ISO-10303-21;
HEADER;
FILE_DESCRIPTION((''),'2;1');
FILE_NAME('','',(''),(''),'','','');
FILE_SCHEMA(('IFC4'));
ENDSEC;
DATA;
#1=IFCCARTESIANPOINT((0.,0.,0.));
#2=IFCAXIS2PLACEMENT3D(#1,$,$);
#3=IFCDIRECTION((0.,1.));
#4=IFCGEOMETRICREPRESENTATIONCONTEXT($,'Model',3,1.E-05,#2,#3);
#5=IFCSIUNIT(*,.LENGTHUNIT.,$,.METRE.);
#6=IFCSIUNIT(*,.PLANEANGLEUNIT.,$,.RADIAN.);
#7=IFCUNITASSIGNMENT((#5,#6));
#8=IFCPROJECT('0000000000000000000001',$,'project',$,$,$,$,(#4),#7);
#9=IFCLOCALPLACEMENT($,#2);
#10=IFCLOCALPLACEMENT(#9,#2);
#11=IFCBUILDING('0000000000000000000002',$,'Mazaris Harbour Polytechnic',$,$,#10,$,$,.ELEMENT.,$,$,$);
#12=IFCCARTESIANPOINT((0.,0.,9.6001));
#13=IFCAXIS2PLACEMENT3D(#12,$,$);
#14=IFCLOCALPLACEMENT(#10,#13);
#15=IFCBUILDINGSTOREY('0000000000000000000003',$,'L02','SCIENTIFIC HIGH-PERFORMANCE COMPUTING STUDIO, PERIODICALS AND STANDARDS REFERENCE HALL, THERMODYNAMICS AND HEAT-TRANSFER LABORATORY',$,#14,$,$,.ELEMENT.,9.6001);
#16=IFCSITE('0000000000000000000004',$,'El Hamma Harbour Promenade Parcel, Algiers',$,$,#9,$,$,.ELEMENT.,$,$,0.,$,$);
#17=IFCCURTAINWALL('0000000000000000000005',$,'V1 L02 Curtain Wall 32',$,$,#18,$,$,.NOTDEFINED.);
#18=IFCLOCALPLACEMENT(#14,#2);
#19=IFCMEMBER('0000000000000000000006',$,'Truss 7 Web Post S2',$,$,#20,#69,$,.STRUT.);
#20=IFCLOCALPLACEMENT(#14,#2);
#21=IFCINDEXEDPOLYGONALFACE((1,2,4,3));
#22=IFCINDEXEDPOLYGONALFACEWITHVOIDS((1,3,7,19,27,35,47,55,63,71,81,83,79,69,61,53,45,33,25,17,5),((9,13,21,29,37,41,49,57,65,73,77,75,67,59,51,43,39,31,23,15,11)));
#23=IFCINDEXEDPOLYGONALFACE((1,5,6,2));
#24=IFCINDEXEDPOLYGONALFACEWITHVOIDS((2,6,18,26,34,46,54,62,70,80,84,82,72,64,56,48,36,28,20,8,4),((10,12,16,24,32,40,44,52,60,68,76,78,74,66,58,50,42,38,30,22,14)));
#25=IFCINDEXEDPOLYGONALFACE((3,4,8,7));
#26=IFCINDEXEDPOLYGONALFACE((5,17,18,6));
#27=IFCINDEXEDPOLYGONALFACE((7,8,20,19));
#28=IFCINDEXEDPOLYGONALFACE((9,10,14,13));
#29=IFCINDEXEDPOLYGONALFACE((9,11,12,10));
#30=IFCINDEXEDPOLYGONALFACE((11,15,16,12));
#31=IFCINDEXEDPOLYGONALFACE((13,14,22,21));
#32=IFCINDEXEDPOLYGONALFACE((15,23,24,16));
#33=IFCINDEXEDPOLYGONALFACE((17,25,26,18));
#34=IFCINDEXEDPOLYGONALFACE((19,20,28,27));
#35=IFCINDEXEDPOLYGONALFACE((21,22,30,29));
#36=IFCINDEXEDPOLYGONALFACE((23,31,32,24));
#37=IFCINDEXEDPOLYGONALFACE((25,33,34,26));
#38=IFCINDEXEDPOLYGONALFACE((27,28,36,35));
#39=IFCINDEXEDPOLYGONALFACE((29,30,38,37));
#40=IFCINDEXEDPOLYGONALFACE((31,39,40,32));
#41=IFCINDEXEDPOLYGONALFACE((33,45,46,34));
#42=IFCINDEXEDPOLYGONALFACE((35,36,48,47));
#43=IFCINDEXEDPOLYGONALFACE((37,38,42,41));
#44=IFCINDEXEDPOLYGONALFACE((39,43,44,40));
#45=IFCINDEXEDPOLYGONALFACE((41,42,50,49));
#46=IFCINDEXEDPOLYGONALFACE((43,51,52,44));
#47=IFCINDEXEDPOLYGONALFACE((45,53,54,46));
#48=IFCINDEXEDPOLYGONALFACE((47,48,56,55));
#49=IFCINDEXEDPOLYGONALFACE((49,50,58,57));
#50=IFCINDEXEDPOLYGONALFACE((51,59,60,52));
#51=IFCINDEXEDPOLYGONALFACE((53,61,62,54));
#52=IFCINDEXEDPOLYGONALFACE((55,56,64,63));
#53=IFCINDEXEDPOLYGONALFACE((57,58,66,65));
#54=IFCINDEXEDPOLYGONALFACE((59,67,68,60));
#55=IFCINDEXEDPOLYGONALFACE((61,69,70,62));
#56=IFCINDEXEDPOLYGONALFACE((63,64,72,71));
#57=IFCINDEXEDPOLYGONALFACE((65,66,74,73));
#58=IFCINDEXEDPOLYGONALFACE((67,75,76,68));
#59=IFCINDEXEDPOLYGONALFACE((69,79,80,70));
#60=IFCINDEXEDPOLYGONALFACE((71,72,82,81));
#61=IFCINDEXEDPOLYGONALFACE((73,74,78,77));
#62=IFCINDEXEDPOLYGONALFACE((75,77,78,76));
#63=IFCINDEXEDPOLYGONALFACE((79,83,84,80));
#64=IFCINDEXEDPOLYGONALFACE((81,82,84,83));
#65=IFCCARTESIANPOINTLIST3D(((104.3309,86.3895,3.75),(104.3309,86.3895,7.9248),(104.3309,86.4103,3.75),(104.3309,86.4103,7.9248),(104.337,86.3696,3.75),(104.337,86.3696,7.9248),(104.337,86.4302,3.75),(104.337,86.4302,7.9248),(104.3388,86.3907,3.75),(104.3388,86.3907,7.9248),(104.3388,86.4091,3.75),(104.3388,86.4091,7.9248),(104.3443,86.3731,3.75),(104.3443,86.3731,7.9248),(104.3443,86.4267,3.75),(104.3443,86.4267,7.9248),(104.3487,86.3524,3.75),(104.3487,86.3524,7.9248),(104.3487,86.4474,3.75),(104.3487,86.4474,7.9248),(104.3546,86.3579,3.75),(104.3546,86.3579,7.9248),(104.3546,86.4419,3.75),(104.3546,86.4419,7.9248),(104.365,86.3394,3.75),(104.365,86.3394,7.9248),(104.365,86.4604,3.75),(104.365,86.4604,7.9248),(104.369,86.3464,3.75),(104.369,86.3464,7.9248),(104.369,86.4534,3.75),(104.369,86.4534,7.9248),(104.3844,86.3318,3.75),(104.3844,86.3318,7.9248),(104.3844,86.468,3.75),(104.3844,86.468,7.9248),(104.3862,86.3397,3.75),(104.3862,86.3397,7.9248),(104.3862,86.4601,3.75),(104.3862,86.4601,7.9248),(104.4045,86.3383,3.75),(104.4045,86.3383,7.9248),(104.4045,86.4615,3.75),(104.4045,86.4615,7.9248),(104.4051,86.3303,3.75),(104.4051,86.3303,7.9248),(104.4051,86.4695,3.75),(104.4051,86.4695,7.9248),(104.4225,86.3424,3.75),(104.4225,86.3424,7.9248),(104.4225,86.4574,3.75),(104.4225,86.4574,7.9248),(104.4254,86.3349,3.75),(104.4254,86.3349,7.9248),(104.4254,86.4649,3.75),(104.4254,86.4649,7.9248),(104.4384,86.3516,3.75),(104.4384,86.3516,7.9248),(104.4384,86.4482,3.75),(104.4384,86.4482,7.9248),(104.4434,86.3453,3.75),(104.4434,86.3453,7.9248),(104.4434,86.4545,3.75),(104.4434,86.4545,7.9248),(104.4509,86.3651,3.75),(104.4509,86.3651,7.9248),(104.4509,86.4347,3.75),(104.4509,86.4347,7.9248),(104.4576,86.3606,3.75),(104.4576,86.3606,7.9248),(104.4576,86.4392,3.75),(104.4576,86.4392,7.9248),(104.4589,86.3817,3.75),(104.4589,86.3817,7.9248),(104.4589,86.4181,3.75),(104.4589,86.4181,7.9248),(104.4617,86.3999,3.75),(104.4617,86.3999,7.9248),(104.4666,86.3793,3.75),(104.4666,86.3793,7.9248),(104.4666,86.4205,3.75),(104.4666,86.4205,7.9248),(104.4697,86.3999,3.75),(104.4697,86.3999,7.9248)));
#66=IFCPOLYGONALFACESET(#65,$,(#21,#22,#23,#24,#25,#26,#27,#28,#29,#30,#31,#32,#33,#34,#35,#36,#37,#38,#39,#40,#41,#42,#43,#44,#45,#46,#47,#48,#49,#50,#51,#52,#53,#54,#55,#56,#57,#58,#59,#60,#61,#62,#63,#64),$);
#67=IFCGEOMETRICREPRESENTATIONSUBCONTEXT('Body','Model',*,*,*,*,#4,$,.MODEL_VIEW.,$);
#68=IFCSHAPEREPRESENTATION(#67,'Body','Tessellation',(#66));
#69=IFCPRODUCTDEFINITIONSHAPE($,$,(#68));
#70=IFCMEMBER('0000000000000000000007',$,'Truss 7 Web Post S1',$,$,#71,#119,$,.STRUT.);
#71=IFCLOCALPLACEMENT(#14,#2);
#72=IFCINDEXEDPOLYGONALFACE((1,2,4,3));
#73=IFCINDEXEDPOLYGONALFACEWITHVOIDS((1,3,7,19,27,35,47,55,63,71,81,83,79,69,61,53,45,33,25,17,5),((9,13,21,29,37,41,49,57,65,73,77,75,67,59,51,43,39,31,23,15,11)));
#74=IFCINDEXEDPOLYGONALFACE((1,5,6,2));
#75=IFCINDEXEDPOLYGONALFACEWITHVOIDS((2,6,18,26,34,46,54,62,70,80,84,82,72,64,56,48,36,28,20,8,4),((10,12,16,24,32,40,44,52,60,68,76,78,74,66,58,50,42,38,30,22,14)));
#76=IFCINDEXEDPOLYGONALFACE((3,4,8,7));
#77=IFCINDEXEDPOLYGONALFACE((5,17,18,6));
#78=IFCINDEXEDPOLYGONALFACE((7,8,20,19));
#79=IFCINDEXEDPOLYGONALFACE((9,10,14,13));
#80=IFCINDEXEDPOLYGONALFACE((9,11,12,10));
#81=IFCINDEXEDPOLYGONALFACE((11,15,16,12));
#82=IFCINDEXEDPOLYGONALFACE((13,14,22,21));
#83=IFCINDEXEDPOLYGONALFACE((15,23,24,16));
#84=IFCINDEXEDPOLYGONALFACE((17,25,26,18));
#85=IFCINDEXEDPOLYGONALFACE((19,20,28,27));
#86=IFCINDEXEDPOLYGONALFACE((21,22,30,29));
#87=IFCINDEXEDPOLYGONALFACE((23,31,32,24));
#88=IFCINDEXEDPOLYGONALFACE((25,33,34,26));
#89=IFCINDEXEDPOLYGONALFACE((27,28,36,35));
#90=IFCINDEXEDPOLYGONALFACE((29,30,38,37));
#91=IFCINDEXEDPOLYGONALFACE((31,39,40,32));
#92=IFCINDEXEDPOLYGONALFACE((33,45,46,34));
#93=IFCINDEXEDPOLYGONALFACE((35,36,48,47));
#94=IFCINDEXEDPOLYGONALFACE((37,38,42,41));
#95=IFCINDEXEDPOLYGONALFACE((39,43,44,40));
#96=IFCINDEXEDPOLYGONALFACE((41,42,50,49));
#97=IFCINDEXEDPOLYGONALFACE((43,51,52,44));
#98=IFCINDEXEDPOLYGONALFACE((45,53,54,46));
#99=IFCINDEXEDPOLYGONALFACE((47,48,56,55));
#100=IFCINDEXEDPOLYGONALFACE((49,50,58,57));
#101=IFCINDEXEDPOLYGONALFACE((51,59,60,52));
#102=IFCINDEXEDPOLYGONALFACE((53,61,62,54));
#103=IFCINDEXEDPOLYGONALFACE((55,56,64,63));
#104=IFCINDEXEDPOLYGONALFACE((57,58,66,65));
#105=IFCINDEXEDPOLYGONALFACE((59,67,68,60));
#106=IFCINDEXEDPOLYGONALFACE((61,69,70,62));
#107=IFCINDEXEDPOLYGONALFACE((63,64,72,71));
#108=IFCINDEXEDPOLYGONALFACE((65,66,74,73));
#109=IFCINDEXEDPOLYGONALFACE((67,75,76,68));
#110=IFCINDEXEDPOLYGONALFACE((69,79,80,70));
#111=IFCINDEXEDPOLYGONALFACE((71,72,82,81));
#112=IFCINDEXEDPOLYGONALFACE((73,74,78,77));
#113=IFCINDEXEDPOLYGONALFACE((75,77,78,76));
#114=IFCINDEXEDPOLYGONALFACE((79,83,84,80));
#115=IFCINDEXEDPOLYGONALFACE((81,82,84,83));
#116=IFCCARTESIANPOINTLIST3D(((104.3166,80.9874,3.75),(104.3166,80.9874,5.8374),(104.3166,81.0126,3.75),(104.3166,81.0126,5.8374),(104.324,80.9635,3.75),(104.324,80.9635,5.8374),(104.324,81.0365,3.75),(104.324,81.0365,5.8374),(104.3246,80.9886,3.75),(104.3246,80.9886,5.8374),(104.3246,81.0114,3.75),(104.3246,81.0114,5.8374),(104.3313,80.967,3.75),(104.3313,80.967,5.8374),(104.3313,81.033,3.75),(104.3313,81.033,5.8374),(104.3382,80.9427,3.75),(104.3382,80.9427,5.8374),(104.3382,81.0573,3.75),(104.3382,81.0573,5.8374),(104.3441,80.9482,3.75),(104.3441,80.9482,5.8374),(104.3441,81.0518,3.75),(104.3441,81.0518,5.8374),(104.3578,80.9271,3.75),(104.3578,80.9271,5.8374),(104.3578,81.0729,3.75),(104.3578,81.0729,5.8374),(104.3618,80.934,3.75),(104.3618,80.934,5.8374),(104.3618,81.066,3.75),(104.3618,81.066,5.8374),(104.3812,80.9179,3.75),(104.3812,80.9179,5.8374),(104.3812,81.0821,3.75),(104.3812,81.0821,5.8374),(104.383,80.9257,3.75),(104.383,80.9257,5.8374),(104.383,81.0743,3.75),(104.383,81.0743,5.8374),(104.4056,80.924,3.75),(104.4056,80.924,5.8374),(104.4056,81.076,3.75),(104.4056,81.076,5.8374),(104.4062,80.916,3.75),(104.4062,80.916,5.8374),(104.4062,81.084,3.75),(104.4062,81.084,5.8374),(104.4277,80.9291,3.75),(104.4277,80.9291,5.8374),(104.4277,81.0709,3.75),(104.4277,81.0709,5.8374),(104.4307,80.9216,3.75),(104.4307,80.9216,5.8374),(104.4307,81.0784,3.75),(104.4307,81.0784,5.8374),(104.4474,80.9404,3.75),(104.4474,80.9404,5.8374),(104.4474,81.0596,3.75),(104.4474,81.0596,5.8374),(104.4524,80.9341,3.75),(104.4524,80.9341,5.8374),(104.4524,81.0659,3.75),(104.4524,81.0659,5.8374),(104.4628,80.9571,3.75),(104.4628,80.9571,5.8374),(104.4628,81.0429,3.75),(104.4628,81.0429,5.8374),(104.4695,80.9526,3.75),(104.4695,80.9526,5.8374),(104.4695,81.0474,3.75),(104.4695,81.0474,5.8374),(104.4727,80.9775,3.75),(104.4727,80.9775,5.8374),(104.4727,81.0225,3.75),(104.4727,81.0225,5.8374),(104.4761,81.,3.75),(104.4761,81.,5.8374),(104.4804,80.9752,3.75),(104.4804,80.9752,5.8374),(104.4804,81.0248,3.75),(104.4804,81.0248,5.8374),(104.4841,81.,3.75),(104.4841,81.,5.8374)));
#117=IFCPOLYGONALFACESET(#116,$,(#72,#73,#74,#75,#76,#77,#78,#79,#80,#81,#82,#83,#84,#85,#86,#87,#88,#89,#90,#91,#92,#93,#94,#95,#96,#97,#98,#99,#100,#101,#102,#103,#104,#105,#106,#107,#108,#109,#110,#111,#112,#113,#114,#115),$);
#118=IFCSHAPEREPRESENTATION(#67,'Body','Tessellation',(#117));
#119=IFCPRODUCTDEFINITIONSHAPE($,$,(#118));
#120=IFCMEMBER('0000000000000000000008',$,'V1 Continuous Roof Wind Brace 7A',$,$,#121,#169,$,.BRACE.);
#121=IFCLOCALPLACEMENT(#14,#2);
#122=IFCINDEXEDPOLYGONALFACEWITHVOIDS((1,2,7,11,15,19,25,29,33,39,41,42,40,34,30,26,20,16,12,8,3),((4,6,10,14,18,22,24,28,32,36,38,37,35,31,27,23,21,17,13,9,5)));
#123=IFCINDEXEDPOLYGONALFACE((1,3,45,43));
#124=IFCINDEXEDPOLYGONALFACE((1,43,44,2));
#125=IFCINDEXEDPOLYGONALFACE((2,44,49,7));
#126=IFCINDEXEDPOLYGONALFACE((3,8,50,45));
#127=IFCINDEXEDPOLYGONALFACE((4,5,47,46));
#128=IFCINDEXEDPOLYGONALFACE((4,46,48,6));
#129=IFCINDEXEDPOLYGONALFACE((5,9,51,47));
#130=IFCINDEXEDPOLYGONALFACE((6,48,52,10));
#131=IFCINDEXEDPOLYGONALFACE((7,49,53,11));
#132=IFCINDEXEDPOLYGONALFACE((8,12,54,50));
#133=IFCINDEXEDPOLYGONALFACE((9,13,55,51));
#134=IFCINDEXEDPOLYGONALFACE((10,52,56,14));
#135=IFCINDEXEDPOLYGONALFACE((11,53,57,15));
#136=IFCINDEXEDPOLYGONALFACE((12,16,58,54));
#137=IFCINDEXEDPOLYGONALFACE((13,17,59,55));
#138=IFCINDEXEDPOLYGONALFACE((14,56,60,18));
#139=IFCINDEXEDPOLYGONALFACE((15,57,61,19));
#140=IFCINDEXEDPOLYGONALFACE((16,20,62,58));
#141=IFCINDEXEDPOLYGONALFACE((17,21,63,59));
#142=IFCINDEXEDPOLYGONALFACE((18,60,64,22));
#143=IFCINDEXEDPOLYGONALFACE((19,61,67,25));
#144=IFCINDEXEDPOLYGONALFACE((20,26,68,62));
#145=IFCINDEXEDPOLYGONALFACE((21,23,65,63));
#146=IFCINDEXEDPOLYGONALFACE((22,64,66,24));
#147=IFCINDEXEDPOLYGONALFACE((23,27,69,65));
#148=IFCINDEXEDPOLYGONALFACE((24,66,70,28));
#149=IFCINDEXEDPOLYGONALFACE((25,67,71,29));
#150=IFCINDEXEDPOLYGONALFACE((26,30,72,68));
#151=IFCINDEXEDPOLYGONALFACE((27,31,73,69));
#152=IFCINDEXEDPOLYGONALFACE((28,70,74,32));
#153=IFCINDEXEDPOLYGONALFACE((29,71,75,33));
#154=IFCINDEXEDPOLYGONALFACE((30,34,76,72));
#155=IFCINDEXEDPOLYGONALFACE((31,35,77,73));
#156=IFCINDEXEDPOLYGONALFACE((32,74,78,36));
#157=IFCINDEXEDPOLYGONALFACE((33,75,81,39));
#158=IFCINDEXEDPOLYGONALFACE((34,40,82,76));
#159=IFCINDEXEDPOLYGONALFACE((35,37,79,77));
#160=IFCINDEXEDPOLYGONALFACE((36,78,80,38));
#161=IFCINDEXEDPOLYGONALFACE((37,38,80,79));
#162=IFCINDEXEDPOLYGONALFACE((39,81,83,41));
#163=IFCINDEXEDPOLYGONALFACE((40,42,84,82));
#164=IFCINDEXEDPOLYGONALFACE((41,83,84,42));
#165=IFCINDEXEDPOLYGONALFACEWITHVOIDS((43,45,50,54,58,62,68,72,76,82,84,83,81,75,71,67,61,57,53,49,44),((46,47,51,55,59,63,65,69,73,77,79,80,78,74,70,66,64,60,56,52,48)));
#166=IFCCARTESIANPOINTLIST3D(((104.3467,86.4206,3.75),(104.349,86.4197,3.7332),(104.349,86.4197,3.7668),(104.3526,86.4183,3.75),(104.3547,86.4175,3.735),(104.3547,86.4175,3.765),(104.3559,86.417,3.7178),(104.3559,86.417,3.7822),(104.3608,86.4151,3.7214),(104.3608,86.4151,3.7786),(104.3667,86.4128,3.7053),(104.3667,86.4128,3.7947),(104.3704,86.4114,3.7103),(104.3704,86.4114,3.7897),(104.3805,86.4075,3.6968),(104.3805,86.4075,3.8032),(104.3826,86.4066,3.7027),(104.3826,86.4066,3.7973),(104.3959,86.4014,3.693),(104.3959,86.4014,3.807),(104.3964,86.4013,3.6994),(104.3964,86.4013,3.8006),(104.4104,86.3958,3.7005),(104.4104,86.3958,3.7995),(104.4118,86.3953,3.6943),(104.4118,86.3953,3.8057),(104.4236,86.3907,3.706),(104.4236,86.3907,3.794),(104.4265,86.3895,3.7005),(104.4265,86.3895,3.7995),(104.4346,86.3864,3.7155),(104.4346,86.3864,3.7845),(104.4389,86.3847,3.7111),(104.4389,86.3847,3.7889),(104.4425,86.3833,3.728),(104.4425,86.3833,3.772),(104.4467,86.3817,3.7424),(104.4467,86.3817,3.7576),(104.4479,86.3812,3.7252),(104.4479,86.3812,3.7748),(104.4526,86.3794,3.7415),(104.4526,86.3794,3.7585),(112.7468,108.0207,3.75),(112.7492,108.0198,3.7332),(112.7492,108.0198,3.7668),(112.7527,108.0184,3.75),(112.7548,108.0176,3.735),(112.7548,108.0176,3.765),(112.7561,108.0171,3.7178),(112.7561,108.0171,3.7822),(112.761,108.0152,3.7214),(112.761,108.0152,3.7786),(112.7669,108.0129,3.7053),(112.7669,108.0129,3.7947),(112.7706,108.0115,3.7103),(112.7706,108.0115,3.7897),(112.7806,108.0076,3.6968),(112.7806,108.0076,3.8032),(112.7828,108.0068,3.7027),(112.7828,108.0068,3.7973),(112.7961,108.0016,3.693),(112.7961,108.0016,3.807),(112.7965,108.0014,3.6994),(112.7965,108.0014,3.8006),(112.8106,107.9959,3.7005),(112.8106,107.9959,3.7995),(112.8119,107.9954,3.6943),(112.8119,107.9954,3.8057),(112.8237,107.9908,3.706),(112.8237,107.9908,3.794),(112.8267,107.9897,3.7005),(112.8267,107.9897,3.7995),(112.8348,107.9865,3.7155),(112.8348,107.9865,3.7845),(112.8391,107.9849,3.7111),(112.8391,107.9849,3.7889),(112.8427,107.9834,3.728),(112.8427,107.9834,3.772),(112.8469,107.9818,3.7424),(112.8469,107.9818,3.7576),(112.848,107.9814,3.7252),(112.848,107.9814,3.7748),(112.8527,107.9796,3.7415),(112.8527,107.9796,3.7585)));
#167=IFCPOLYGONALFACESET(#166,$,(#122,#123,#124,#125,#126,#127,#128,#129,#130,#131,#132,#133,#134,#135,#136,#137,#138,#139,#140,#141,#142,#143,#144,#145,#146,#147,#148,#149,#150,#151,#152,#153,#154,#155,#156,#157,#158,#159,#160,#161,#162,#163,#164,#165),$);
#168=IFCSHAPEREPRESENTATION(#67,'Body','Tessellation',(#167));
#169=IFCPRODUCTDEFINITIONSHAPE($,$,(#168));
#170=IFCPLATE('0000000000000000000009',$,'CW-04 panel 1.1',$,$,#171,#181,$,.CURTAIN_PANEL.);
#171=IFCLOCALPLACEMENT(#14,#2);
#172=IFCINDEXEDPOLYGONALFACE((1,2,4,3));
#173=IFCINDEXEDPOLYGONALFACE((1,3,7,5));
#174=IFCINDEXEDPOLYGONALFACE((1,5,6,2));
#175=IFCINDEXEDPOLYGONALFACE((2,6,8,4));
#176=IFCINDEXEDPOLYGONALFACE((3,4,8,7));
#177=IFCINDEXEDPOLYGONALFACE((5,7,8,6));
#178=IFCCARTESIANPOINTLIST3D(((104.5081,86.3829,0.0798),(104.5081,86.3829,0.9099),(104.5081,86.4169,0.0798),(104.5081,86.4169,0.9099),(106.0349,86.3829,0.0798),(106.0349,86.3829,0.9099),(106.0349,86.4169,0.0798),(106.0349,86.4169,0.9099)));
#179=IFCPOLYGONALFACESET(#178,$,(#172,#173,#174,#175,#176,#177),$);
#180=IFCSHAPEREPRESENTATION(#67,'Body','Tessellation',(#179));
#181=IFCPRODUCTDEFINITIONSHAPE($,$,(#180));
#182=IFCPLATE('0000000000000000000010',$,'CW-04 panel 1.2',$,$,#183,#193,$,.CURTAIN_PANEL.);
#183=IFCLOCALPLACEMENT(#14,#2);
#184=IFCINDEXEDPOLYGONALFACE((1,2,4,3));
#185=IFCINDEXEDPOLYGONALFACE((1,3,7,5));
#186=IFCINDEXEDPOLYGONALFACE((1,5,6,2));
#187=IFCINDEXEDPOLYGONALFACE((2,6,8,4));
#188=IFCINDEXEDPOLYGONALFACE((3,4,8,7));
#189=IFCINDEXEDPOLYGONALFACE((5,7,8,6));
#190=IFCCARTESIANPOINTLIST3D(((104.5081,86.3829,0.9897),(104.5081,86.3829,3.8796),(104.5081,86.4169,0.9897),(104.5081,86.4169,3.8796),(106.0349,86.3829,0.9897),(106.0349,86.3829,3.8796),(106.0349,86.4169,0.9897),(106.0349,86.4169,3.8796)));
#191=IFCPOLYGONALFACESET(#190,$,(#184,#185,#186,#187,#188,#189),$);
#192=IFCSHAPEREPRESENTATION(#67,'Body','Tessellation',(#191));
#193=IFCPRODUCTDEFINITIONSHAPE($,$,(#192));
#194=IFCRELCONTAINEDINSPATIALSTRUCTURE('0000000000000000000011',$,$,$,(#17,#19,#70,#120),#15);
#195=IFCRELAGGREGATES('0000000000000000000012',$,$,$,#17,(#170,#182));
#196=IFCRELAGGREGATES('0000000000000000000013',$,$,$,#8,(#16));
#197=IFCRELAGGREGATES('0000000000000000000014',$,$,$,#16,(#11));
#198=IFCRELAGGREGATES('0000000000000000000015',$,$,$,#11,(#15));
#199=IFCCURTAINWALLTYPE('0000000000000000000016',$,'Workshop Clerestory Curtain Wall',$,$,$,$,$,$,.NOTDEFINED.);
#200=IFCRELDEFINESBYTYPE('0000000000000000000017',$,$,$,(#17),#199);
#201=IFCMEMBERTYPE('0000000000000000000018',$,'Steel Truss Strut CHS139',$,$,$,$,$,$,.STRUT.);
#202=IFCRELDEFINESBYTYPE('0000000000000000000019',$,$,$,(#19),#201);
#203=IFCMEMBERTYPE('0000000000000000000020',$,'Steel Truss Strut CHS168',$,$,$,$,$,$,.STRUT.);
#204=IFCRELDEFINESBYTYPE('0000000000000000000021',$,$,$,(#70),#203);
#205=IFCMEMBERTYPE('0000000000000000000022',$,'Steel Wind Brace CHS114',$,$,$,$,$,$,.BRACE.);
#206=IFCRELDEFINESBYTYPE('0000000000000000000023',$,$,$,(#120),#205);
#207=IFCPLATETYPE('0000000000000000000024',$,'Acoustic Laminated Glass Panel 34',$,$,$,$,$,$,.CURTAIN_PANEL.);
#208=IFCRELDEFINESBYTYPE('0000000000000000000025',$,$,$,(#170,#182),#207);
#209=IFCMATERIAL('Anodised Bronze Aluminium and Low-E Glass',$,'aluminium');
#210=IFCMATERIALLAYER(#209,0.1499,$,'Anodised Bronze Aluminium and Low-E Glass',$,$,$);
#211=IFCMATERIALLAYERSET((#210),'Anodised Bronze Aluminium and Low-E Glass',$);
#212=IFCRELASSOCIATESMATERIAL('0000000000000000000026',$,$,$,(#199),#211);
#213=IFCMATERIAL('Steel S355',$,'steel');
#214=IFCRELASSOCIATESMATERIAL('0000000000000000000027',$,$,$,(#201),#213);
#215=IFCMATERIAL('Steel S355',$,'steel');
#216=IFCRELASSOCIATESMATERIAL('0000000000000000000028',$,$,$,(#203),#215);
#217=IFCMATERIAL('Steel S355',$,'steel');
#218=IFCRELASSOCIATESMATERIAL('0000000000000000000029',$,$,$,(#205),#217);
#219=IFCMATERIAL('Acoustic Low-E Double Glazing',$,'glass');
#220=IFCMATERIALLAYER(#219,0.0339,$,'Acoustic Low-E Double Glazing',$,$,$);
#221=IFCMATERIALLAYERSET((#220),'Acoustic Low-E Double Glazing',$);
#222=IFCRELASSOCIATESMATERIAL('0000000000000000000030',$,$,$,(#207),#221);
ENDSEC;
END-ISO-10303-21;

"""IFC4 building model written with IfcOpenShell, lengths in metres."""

from ifc_helpers import new_model, si_unit, direction, frame, origin, origin_2d, place, context, subcontext, project, spatial, rectangle, hollow_circle, extrude, material, layer, layer_set, material_profile, profile_set, type_object, element, aggregate, save


model = new_model("IFC4")

# Units and contexts
model_context = context("Model", 3, precision=1e-05, world=origin(), true_north=direction((0.0, 1.0)))
body_context = subcontext(model_context, "Body", "Model", "MODEL_VIEW")
ifc_project = project(units=[si_unit("LENGTHUNIT", "METRE"), si_unit("PLANEANGLEUNIT", "RADIAN")], contexts=[model_context])

# Site, building, storey
site_placement = place(None, origin())
site = spatial("IfcSite", under=ifc_project, at=site_placement, Name="El Hamma Harbour Promenade Parcel, Algiers", CompositionType="ELEMENT", RefElevation=0.0)
building_placement = place(site_placement, origin())
building = spatial("IfcBuilding", under=site, at=building_placement, Name="Mazaris Harbour Polytechnic", CompositionType="ELEMENT")
storey_placement = place(building_placement, frame((0.0, 0.0, 9.6001)))
storey = spatial("IfcBuildingStorey", under=building, at=storey_placement, Name="L02", Description="SCIENTIFIC HIGH-PERFORMANCE COMPUTING STUDIO, PERIODICALS AND STANDARDS REFERENCE HALL, THERMODYNAMICS AND HEAT-TRANSFER LABORATORY", CompositionType="ELEMENT", Elevation=9.6001)

# Curtain wall
ifc_material_1 = material(Name="Anodised Bronze Aluminium and Low-E Glass", Category="aluminium")
ifc_layer_1 = layer(ifc_material_1, 0.1499, Name="Anodised Bronze Aluminium and Low-E Glass")
ifc_layer_set_1 = layer_set([ifc_layer_1], Name="Anodised Bronze Aluminium and Low-E Glass")
curtain_wall_type = type_object("IfcCurtainWallType", Name="Workshop Clerestory Curtain Wall", PredefinedType="NOTDEFINED", material=ifc_layer_set_1)
curtain_wall_placement = place(storey_placement, origin())
curtain_wall = element("IfcCurtainWall", 1, at=curtain_wall_placement, inside=storey, type_object=curtain_wall_type, Name="V1 L02 Curtain Wall 32", PredefinedType="NOTDEFINED")

# Members
ifc_material_2 = material(Name="Steel S355", Category="steel")
ifc_material_profile_1 = material_profile(ifc_material_2, hollow_circle(Radius=0.0698, WallThickness=0.0081, at=origin_2d()), Name="CHS 139.7x8.0")
ifc_profile_set_1 = profile_set([ifc_material_profile_1], Name="Steel S355")
member_type_1 = type_object("IfcMemberType", Name="Steel Truss Strut CHS139", PredefinedType="STRUT", material=ifc_profile_set_1)
member_1_placement = place(storey_placement, frame((104.3999, 86.3999, 3.75), z_axis=(0.0, 0.0, 1.0), x_axis=(1.0, 0.0, 0.0)))
element("IfcMember", 2, at=member_1_placement, inside=storey, type_object=member_type_1, Name="Truss 7 Web Post S2", PredefinedType="STRUT", context=body_context, shape_type="SweptSolid", body=[
    extrude(hollow_circle(Radius=0.0698, WallThickness=0.0081, at=origin_2d()), origin(), (0.0, 0.0, 1.0), 4.1748),
])
ifc_material_3 = material(Name="Steel S355", Category="steel")
ifc_material_profile_2 = material_profile(ifc_material_3, hollow_circle(Radius=0.0842, WallThickness=0.0081, at=origin_2d()), Name="CHS 168.3x8.0")
ifc_profile_set_2 = profile_set([ifc_material_profile_2], Name="Steel S355")
member_type_2 = type_object("IfcMemberType", Name="Steel Truss Strut CHS168", PredefinedType="STRUT", material=ifc_profile_set_2)
member_2_placement = place(storey_placement, frame((104.3999, 81.0, 3.75), z_axis=(0.0, 0.0, 1.0), x_axis=(1.0, 0.0, 0.0)))
element("IfcMember", 3, at=member_2_placement, inside=storey, type_object=member_type_2, Name="Truss 7 Web Post S1", PredefinedType="STRUT", context=body_context, shape_type="SweptSolid", body=[
    extrude(hollow_circle(Radius=0.0842, WallThickness=0.0081, at=origin_2d()), origin(), (0.0, 0.0, 1.0), 2.0874),
])
ifc_material_4 = material(Name="Steel S355", Category="steel")
ifc_material_profile_3 = material_profile(ifc_material_4, hollow_circle(Radius=0.0571, WallThickness=0.0063, at=origin_2d()), Name="CHS 114.3x6.3")
ifc_profile_set_3 = profile_set([ifc_material_profile_3], Name="Steel S355")
member_type_3 = type_object("IfcMemberType", Name="Steel Wind Brace CHS114", PredefinedType="BRACE", material=ifc_profile_set_3)
member_3_placement = place(storey_placement, frame((104.3999, 86.3999, 3.75), z_axis=(0.36245, 0.932003, 0.0), x_axis=(-0.932003, 0.36245, 0.0)))
element("IfcMember", 4, at=member_3_placement, inside=storey, type_object=member_type_3, Name="V1 Continuous Roof Wind Brace 7A", PredefinedType="BRACE", context=body_context, shape_type="SweptSolid", body=[
    extrude(hollow_circle(Radius=0.0571, WallThickness=0.0063, at=origin_2d()), origin(), (0.0, 0.0, 1.0), 23.176),
])

# Plates
ifc_material_5 = material(Name="Acoustic Low-E Double Glazing", Category="glass")
ifc_layer_2 = layer(ifc_material_5, 0.0339, Name="Acoustic Low-E Double Glazing")
ifc_layer_set_2 = layer_set([ifc_layer_2], Name="Acoustic Low-E Double Glazing")
plate_type = type_object("IfcPlateType", Name="Acoustic Laminated Glass Panel 34", PredefinedType="CURTAIN_PANEL", material=ifc_layer_set_2)
plate_1_placement = place(storey_placement, frame((105.2715, 86.3999, 0.0798), z_axis=(0.0, 0.0, 1.0), x_axis=(1.0, 0.0, 0.0)))
plate_1 = element("IfcPlate", 5, at=plate_1_placement, type_object=plate_type, Name="CW-04 panel 1.1", PredefinedType="CURTAIN_PANEL", context=body_context, shape_type="SweptSolid", body=[
    extrude(rectangle(XDim=1.5269, YDim=0.0339, at=origin_2d()), origin(), (0.0, 0.0, 1.0), 0.8301),
])
plate_2_placement = place(storey_placement, frame((105.2715, 86.3999, 0.9897), z_axis=(0.0, 0.0, 1.0), x_axis=(1.0, 0.0, 0.0)))
plate_2 = element("IfcPlate", 6, at=plate_2_placement, type_object=plate_type, Name="CW-04 panel 1.2", PredefinedType="CURTAIN_PANEL", context=body_context, shape_type="SweptSolid", body=[
    extrude(rectangle(XDim=1.5269, YDim=0.0339, at=origin_2d()), origin(), (0.0, 0.0, 1.0), 2.8899),
])
aggregate(curtain_wall, [plate_1, plate_2])

save(model, "model.ifc")
